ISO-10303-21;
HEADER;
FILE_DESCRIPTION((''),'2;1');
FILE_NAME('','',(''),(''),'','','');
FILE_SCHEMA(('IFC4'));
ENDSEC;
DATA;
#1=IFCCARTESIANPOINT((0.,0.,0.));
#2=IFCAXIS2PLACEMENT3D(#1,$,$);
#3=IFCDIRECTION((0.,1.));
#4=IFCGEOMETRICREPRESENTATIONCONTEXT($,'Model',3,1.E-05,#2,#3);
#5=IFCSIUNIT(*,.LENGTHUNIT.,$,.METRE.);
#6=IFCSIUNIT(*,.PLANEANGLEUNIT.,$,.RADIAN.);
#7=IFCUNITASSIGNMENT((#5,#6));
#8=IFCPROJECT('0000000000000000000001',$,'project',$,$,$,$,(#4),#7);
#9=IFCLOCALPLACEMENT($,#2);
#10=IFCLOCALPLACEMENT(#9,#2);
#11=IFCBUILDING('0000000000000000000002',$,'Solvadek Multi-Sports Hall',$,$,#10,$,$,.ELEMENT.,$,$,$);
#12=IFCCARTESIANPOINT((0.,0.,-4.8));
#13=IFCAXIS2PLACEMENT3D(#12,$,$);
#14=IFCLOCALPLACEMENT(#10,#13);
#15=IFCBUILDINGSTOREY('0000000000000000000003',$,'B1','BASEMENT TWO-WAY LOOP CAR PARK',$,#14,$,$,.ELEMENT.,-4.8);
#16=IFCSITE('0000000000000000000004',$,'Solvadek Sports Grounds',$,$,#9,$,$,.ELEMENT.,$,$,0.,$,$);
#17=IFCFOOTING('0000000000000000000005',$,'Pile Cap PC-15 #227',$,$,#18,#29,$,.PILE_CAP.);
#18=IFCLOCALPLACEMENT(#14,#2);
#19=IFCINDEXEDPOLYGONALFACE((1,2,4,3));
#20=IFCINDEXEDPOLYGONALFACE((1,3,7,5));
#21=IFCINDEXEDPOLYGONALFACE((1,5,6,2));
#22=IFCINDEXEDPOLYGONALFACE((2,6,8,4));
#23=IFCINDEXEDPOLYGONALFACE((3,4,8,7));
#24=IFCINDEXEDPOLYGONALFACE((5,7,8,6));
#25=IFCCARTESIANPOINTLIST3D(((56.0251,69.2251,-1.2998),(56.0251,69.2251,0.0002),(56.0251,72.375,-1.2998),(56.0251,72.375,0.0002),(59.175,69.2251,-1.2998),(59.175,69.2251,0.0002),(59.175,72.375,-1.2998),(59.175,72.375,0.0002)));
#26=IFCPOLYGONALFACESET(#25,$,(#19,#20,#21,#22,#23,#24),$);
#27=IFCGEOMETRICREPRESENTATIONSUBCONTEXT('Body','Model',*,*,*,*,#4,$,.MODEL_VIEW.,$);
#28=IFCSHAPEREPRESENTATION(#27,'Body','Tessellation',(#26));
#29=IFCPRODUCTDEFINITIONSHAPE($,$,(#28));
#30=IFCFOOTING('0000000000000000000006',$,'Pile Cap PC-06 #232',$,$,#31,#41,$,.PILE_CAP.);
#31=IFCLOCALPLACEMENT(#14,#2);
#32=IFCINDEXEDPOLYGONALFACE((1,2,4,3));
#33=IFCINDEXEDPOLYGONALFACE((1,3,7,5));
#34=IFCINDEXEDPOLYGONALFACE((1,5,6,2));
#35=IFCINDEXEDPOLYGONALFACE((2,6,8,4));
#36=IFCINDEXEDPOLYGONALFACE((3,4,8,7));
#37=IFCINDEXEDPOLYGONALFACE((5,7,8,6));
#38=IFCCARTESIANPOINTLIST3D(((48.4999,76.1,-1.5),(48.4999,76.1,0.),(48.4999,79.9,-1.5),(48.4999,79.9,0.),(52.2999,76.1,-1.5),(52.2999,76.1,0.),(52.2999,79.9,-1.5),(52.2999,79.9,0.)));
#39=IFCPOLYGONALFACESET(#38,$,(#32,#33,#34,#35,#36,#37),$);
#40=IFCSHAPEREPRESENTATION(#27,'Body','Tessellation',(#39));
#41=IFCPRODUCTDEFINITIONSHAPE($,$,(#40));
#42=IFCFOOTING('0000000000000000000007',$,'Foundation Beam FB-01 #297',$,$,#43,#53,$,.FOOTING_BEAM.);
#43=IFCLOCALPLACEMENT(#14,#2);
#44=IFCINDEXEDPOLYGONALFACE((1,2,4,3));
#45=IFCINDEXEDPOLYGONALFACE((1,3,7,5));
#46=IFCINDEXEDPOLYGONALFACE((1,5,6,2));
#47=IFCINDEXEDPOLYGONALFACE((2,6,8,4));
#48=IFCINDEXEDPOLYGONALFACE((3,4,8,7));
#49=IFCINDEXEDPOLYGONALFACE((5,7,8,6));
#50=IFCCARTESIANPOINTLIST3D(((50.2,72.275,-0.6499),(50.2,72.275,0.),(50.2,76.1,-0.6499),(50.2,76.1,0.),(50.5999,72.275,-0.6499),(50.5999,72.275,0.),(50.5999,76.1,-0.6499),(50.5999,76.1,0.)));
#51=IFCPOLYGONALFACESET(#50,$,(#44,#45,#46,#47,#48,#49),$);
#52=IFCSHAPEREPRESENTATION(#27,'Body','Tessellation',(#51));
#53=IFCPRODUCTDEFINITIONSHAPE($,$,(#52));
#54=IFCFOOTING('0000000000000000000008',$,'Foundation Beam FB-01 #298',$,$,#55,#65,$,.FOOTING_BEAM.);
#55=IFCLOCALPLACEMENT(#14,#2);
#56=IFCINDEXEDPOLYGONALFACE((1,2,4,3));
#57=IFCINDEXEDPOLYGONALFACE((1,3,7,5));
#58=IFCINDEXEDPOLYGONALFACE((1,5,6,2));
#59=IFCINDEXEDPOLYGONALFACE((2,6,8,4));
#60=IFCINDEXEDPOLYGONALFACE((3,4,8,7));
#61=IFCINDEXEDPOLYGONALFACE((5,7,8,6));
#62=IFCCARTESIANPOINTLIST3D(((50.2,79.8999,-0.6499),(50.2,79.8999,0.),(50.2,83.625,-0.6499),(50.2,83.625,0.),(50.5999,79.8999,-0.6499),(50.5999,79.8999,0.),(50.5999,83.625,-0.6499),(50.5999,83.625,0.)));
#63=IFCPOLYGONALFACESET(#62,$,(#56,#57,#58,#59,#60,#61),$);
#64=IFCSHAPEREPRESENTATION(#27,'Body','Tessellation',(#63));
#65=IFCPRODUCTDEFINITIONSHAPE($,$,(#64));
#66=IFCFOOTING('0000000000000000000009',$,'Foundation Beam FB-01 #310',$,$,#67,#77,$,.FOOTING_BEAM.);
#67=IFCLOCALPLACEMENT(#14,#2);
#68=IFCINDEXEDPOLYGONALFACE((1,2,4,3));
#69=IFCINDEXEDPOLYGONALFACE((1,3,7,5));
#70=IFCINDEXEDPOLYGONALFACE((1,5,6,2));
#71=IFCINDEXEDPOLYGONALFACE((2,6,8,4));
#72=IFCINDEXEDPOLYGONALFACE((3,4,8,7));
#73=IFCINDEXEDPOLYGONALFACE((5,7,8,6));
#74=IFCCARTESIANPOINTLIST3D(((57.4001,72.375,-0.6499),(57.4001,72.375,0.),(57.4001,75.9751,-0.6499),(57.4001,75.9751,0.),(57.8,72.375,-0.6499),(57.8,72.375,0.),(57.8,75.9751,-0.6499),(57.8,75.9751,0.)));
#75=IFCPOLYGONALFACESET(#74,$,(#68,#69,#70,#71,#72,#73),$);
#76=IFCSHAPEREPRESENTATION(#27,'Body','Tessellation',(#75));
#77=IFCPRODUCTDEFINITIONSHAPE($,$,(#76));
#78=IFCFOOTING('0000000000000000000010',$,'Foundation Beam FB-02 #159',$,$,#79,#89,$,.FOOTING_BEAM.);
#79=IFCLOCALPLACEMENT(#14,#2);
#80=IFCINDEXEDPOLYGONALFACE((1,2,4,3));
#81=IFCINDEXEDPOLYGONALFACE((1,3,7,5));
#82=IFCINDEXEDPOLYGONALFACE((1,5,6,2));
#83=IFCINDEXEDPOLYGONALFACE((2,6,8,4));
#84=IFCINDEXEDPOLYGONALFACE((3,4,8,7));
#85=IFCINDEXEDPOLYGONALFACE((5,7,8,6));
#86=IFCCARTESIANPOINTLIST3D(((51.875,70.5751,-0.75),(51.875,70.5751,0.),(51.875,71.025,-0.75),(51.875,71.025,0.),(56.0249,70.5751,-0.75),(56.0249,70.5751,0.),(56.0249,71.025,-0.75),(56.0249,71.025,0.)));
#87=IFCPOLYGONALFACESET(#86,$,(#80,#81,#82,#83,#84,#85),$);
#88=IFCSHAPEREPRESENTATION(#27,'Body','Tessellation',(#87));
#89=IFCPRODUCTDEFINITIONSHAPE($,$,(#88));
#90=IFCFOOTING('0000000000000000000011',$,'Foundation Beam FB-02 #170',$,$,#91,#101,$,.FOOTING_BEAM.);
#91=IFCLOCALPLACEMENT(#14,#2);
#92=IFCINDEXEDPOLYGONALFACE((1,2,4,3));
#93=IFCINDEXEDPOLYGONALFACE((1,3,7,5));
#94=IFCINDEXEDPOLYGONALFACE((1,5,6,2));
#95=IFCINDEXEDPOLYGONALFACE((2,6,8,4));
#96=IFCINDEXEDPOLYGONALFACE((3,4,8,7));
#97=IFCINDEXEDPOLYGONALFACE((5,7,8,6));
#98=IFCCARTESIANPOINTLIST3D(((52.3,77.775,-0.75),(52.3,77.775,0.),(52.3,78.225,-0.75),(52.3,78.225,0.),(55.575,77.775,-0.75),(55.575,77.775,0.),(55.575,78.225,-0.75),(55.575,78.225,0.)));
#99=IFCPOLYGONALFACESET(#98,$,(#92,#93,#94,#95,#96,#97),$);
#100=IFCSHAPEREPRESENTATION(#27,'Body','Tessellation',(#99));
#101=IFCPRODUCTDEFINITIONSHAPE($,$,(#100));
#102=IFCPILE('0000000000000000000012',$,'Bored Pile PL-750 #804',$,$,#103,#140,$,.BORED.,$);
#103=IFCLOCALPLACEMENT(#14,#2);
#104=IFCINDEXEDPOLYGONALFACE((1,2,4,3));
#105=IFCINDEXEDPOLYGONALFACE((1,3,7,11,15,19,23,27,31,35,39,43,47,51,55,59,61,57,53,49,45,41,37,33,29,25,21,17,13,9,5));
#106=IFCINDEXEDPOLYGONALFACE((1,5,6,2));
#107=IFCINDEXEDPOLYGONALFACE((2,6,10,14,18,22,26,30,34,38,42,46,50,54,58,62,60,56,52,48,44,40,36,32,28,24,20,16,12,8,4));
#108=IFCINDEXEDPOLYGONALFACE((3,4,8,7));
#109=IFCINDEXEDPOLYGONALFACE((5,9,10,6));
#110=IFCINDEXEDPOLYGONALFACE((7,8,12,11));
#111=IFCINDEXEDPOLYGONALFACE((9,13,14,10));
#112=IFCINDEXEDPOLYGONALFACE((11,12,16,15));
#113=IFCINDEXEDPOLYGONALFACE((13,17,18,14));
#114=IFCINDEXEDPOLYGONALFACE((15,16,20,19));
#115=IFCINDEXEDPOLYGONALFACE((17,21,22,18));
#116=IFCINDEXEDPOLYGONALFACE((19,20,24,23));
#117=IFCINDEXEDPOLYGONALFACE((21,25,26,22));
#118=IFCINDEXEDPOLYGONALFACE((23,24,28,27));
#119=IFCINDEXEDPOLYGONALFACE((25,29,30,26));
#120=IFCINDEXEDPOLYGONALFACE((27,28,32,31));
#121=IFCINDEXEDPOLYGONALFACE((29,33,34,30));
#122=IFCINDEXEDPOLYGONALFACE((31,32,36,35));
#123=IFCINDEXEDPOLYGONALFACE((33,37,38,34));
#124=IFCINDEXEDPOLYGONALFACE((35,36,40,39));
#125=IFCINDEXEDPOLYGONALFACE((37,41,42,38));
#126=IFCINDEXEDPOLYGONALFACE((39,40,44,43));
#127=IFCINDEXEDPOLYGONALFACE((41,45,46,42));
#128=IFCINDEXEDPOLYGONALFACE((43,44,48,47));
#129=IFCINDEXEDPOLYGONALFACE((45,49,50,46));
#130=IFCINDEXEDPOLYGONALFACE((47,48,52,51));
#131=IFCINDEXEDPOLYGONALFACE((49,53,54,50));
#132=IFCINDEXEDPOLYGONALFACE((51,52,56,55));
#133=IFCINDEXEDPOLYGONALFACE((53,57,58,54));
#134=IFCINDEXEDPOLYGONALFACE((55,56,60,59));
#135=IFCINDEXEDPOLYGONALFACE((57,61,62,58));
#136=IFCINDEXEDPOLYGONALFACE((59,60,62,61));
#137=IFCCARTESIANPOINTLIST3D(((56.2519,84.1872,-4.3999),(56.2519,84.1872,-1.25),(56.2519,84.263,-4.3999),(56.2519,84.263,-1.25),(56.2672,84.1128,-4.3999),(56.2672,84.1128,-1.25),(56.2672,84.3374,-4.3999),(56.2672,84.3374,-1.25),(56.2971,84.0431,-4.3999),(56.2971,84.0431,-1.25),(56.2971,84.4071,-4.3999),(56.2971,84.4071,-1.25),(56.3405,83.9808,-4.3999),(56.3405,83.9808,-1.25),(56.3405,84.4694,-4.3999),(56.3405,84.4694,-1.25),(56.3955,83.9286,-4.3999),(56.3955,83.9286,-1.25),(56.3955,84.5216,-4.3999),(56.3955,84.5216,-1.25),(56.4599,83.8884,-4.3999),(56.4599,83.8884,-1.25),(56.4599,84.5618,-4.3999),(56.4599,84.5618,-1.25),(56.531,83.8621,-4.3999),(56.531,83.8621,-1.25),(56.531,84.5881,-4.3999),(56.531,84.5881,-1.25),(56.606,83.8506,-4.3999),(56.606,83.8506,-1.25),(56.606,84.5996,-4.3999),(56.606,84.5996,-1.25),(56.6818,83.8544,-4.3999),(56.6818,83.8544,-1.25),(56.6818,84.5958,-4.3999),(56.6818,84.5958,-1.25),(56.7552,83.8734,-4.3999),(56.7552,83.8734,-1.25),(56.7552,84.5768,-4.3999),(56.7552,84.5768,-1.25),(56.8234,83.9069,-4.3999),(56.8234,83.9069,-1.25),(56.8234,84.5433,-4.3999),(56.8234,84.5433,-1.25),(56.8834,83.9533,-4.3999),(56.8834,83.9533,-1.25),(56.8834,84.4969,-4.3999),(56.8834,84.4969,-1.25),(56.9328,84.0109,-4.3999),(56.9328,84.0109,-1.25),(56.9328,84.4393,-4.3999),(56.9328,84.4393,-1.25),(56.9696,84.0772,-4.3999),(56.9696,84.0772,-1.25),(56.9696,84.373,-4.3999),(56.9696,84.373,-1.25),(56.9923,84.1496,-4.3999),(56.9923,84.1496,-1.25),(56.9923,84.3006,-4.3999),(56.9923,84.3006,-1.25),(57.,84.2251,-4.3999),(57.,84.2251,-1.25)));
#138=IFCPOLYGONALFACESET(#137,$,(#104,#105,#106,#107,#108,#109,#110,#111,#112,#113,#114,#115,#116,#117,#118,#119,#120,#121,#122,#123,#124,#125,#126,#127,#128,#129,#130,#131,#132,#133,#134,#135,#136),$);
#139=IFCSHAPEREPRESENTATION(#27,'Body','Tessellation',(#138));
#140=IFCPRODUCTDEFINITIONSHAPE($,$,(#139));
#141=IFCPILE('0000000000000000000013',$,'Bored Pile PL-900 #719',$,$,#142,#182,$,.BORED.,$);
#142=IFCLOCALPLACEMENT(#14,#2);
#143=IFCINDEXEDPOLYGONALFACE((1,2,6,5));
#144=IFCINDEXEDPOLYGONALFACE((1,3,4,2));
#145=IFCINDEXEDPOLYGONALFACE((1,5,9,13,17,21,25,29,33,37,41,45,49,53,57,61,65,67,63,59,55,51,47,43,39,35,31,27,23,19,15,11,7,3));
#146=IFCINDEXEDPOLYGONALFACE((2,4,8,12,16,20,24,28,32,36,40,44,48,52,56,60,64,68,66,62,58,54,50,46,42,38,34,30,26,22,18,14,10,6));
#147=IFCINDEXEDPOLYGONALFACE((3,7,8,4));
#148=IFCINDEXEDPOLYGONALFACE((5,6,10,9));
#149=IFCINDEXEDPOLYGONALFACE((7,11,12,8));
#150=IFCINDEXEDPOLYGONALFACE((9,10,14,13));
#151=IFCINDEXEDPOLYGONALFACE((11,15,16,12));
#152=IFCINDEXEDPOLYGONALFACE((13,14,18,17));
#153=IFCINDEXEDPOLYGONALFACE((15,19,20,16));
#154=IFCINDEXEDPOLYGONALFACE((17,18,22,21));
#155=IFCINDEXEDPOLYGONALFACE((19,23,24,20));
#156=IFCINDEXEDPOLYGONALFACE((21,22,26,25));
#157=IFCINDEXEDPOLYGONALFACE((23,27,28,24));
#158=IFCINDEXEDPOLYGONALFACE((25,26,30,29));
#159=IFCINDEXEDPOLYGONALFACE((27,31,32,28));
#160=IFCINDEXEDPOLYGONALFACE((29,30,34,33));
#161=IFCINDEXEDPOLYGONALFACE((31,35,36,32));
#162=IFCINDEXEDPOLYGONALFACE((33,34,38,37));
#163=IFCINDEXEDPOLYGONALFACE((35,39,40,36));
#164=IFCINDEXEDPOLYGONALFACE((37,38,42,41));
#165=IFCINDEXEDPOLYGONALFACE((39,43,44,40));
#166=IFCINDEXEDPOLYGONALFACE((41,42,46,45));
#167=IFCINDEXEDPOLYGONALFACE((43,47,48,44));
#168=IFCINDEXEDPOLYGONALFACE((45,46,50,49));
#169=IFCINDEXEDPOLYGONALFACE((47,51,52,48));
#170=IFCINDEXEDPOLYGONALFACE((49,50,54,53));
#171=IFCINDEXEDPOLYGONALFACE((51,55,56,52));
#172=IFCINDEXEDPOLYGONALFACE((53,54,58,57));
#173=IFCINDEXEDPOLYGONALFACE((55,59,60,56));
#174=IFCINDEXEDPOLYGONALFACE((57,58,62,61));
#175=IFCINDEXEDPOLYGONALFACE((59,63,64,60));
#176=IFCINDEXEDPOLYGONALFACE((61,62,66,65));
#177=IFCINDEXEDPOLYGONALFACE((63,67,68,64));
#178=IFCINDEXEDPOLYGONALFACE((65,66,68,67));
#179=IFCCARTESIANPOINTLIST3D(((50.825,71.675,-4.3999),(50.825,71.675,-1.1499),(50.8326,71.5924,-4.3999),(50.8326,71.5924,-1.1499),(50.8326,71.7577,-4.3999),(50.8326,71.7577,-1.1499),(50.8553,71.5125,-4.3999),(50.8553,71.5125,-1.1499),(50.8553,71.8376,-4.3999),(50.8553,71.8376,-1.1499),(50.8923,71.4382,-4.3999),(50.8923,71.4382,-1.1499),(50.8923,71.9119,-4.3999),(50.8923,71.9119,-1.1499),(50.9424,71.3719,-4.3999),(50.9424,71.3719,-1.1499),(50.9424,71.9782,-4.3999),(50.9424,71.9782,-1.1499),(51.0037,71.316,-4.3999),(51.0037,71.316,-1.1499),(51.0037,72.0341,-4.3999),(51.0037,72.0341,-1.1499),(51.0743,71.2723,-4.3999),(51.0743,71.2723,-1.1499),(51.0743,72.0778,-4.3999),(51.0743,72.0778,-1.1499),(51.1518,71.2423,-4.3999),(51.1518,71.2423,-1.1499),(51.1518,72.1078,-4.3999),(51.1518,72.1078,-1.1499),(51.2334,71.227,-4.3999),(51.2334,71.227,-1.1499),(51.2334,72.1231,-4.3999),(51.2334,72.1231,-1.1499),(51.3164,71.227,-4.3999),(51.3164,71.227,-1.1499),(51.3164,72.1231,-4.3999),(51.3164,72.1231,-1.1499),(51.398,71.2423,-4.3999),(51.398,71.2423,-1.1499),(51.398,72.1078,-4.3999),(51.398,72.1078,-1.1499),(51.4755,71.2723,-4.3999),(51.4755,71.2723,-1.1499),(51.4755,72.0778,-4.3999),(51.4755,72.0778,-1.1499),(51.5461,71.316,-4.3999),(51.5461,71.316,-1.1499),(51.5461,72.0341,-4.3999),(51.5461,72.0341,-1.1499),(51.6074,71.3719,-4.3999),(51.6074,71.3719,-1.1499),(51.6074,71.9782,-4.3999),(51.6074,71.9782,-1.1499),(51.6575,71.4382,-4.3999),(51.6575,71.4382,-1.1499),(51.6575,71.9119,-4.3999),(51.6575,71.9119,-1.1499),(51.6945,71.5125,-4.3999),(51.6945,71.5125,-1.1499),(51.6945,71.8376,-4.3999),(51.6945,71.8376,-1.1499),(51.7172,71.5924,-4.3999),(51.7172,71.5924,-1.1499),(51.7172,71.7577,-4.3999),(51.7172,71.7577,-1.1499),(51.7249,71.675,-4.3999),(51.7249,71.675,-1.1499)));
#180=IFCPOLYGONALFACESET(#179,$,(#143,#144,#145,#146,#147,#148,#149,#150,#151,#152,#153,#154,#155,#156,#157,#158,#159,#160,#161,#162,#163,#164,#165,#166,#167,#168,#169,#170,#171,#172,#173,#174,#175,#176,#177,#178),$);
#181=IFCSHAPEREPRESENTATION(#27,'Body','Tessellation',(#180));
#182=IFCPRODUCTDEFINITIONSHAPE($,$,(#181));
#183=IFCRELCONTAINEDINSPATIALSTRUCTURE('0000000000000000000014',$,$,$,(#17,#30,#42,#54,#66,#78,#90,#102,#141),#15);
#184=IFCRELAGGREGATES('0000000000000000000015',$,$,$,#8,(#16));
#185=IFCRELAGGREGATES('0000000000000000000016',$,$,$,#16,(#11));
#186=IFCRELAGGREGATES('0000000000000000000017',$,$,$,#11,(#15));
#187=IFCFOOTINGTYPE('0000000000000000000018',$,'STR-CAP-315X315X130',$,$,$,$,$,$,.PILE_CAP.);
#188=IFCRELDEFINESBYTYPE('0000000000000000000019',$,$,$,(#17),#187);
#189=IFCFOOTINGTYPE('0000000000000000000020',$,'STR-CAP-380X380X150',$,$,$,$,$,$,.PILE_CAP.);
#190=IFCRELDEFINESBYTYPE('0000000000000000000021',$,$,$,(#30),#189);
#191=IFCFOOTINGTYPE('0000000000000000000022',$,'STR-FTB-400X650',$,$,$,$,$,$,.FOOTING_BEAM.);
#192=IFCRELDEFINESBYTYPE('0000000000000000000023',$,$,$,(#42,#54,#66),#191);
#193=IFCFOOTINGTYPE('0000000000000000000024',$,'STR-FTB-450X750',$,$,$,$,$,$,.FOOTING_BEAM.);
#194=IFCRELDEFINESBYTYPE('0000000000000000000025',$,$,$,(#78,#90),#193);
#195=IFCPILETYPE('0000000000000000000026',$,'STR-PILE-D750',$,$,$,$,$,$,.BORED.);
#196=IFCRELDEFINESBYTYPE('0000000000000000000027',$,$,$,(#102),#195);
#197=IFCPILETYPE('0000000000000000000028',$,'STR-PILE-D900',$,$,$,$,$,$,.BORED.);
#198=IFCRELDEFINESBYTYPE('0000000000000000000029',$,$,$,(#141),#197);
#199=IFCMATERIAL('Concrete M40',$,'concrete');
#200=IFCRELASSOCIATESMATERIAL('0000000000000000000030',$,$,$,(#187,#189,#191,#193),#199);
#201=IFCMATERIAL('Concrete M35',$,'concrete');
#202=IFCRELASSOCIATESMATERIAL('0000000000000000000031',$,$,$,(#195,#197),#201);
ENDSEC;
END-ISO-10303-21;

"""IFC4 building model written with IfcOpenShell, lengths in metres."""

from ifc_helpers import new_model, si_unit, direction, frame, origin, origin_2d, place, context, subcontext, project, spatial, rectangle, circle, extrude, material, material_profile, profile_set, type_object, element, save


model = new_model("IFC4")

# Units and contexts
model_context = context("Model", 3, precision=1e-05, world=origin(), true_north=direction((0.0, 1.0)))
body_context = subcontext(model_context, "Body", "Model", "MODEL_VIEW")
ifc_project = project(units=[si_unit("LENGTHUNIT", "METRE"), si_unit("PLANEANGLEUNIT", "RADIAN")], contexts=[model_context])

# Site, building, storey
site_placement = place(None, origin())
site = spatial("IfcSite", under=ifc_project, at=site_placement, Name="Solvadek Sports Grounds", CompositionType="ELEMENT", RefElevation=0.0)
building_placement = place(site_placement, origin())
building = spatial("IfcBuilding", under=site, at=building_placement, Name="Solvadek Multi-Sports Hall", CompositionType="ELEMENT")
storey_placement = place(building_placement, frame((0.0, 0.0, -4.8)))
storey = spatial("IfcBuildingStorey", under=building, at=storey_placement, Name="B1", Description="BASEMENT TWO-WAY LOOP CAR PARK", CompositionType="ELEMENT", Elevation=-4.8)

# Footings
ifc_material_1 = material(Name="Concrete M40", Category="concrete")
footing_type_1 = type_object("IfcFootingType", Name="STR-CAP-315X315X130", PredefinedType="PILE_CAP", material=ifc_material_1)
footing_1_placement = place(storey_placement, frame((57.6001, 70.8, -1.2998), z_axis=(0.0, 0.0, 1.0), x_axis=(1.0, 0.0, 0.0)))
element("IfcFooting", 1, at=footing_1_placement, inside=storey, type_object=footing_type_1, Name="Pile Cap PC-15 #227", PredefinedType="PILE_CAP", context=body_context, shape_type="SweptSolid", body=[
    extrude(rectangle(XDim=3.1499, YDim=3.1499, at=origin_2d()), origin(), (0.0, 0.0, 1.0), 1.3),
])
footing_type_2 = type_object("IfcFootingType", Name="STR-CAP-380X380X150", PredefinedType="PILE_CAP", material=ifc_material_1)
footing_2_placement = place(storey_placement, frame((50.3999, 78.0, -1.5), z_axis=(0.0, 0.0, 1.0), x_axis=(1.0, 0.0, 0.0)))
element("IfcFooting", 2, at=footing_2_placement, inside=storey, type_object=footing_type_2, Name="Pile Cap PC-06 #232", PredefinedType="PILE_CAP", context=body_context, shape_type="SweptSolid", body=[
    extrude(rectangle(XDim=3.8, YDim=3.8, at=origin_2d()), origin(), (0.0, 0.0, 1.0), 1.5),
])
footing_type_3 = type_object("IfcFootingType", Name="STR-FTB-400X650", PredefinedType="FOOTING_BEAM", material=ifc_material_1)
footing_3_placement = place(storey_placement, frame((50.3999, 74.1875, -0.6499), z_axis=(0.0, 0.0, 1.0), x_axis=(0.0, 1.0, 0.0)))
element("IfcFooting", 3, at=footing_3_placement, inside=storey, type_object=footing_type_3, Name="Foundation Beam FB-01 #297", PredefinedType="FOOTING_BEAM", context=body_context, shape_type="SweptSolid", body=[
    extrude(rectangle(XDim=3.825, YDim=0.3999, at=origin_2d()), origin(), (0.0, 0.0, 1.0), 0.6499),
])
footing_4_placement = place(storey_placement, frame((50.3999, 81.7625, -0.6499), z_axis=(0.0, 0.0, 1.0), x_axis=(0.0, 1.0, 0.0)))
element("IfcFooting", 4, at=footing_4_placement, inside=storey, type_object=footing_type_3, Name="Foundation Beam FB-01 #298", PredefinedType="FOOTING_BEAM", context=body_context, shape_type="SweptSolid", body=[
    extrude(rectangle(XDim=3.7251, YDim=0.3999, at=origin_2d()), origin(), (0.0, 0.0, 1.0), 0.6499),
])
footing_5_placement = place(storey_placement, frame((57.6001, 74.175, -0.6499), z_axis=(0.0, 0.0, 1.0), x_axis=(0.0, 1.0, 0.0)))
element("IfcFooting", 5, at=footing_5_placement, inside=storey, type_object=footing_type_3, Name="Foundation Beam FB-01 #310", PredefinedType="FOOTING_BEAM", context=body_context, shape_type="SweptSolid", body=[
    extrude(rectangle(XDim=3.6001, YDim=0.3999, at=origin_2d()), origin(), (0.0, 0.0, 1.0), 0.6499),
])
footing_type_4 = type_object("IfcFootingType", Name="STR-FTB-450X750", PredefinedType="FOOTING_BEAM", material=ifc_material_1)
footing_6_placement = place(storey_placement, frame((53.95, 70.8, -0.75), z_axis=(0.0, 0.0, 1.0), x_axis=(1.0, 0.0, 0.0)))
element("IfcFooting", 6, at=footing_6_placement, inside=storey, type_object=footing_type_4, Name="Foundation Beam FB-02 #159", PredefinedType="FOOTING_BEAM", context=body_context, shape_type="SweptSolid", body=[
    extrude(rectangle(XDim=4.1499, YDim=0.45, at=origin_2d()), origin(), (0.0, 0.0, 1.0), 0.75),
])
footing_7_placement = place(storey_placement, frame((53.9375, 78.0, -0.75), z_axis=(0.0, 0.0, 1.0), x_axis=(1.0, 0.0, 0.0)))
element("IfcFooting", 7, at=footing_7_placement, inside=storey, type_object=footing_type_4, Name="Foundation Beam FB-02 #170", PredefinedType="FOOTING_BEAM", context=body_context, shape_type="SweptSolid", body=[
    extrude(rectangle(XDim=3.2749, YDim=0.45, at=origin_2d()), origin(), (0.0, 0.0, 1.0), 0.75),
])

# Piles
ifc_material_2 = material(Name="Concrete M35", Category="concrete")
ifc_material_profile_1 = material_profile(ifc_material_2, circle(Radius=0.375, at=origin_2d()), Name="BORED PILE D750")
ifc_profile_set_1 = profile_set([ifc_material_profile_1], Name="Concrete M35")
pile_type_1 = type_object("IfcPileType", Name="STR-PILE-D750", PredefinedType="BORED", material=ifc_profile_set_1)
pile_1_placement = place(storey_placement, frame((56.625, 84.2251, -1.25), z_axis=(0.0, 0.0, -1.0), x_axis=(1.0, 0.0, 0.0)))
element("IfcPile", 8, at=pile_1_placement, inside=storey, type_object=pile_type_1, Name="Bored Pile PL-750 #804", PredefinedType="BORED", context=body_context, shape_type="SweptSolid", body=[
    extrude(circle(Radius=0.375, at=origin_2d()), origin(), (0.0, 0.0, 1.0), 3.1499),
])
ifc_material_profile_2 = material_profile(ifc_material_2, circle(Radius=0.45, at=origin_2d()), Name="BORED PILE D900")
ifc_profile_set_2 = profile_set([ifc_material_profile_2], Name="Concrete M35")
pile_type_2 = type_object("IfcPileType", Name="STR-PILE-D900", PredefinedType="BORED", material=ifc_profile_set_2)
pile_2_placement = place(storey_placement, frame((51.2749, 71.675, -1.1499), z_axis=(0.0, 0.0, -1.0), x_axis=(1.0, 0.0, 0.0)))
element("IfcPile", 9, at=pile_2_placement, inside=storey, type_object=pile_type_2, Name="Bored Pile PL-900 #719", PredefinedType="BORED", context=body_context, shape_type="SweptSolid", body=[
    extrude(circle(Radius=0.45, at=origin_2d()), origin(), (0.0, 0.0, 1.0), 3.25),
])

save(model, "model.ifc")
